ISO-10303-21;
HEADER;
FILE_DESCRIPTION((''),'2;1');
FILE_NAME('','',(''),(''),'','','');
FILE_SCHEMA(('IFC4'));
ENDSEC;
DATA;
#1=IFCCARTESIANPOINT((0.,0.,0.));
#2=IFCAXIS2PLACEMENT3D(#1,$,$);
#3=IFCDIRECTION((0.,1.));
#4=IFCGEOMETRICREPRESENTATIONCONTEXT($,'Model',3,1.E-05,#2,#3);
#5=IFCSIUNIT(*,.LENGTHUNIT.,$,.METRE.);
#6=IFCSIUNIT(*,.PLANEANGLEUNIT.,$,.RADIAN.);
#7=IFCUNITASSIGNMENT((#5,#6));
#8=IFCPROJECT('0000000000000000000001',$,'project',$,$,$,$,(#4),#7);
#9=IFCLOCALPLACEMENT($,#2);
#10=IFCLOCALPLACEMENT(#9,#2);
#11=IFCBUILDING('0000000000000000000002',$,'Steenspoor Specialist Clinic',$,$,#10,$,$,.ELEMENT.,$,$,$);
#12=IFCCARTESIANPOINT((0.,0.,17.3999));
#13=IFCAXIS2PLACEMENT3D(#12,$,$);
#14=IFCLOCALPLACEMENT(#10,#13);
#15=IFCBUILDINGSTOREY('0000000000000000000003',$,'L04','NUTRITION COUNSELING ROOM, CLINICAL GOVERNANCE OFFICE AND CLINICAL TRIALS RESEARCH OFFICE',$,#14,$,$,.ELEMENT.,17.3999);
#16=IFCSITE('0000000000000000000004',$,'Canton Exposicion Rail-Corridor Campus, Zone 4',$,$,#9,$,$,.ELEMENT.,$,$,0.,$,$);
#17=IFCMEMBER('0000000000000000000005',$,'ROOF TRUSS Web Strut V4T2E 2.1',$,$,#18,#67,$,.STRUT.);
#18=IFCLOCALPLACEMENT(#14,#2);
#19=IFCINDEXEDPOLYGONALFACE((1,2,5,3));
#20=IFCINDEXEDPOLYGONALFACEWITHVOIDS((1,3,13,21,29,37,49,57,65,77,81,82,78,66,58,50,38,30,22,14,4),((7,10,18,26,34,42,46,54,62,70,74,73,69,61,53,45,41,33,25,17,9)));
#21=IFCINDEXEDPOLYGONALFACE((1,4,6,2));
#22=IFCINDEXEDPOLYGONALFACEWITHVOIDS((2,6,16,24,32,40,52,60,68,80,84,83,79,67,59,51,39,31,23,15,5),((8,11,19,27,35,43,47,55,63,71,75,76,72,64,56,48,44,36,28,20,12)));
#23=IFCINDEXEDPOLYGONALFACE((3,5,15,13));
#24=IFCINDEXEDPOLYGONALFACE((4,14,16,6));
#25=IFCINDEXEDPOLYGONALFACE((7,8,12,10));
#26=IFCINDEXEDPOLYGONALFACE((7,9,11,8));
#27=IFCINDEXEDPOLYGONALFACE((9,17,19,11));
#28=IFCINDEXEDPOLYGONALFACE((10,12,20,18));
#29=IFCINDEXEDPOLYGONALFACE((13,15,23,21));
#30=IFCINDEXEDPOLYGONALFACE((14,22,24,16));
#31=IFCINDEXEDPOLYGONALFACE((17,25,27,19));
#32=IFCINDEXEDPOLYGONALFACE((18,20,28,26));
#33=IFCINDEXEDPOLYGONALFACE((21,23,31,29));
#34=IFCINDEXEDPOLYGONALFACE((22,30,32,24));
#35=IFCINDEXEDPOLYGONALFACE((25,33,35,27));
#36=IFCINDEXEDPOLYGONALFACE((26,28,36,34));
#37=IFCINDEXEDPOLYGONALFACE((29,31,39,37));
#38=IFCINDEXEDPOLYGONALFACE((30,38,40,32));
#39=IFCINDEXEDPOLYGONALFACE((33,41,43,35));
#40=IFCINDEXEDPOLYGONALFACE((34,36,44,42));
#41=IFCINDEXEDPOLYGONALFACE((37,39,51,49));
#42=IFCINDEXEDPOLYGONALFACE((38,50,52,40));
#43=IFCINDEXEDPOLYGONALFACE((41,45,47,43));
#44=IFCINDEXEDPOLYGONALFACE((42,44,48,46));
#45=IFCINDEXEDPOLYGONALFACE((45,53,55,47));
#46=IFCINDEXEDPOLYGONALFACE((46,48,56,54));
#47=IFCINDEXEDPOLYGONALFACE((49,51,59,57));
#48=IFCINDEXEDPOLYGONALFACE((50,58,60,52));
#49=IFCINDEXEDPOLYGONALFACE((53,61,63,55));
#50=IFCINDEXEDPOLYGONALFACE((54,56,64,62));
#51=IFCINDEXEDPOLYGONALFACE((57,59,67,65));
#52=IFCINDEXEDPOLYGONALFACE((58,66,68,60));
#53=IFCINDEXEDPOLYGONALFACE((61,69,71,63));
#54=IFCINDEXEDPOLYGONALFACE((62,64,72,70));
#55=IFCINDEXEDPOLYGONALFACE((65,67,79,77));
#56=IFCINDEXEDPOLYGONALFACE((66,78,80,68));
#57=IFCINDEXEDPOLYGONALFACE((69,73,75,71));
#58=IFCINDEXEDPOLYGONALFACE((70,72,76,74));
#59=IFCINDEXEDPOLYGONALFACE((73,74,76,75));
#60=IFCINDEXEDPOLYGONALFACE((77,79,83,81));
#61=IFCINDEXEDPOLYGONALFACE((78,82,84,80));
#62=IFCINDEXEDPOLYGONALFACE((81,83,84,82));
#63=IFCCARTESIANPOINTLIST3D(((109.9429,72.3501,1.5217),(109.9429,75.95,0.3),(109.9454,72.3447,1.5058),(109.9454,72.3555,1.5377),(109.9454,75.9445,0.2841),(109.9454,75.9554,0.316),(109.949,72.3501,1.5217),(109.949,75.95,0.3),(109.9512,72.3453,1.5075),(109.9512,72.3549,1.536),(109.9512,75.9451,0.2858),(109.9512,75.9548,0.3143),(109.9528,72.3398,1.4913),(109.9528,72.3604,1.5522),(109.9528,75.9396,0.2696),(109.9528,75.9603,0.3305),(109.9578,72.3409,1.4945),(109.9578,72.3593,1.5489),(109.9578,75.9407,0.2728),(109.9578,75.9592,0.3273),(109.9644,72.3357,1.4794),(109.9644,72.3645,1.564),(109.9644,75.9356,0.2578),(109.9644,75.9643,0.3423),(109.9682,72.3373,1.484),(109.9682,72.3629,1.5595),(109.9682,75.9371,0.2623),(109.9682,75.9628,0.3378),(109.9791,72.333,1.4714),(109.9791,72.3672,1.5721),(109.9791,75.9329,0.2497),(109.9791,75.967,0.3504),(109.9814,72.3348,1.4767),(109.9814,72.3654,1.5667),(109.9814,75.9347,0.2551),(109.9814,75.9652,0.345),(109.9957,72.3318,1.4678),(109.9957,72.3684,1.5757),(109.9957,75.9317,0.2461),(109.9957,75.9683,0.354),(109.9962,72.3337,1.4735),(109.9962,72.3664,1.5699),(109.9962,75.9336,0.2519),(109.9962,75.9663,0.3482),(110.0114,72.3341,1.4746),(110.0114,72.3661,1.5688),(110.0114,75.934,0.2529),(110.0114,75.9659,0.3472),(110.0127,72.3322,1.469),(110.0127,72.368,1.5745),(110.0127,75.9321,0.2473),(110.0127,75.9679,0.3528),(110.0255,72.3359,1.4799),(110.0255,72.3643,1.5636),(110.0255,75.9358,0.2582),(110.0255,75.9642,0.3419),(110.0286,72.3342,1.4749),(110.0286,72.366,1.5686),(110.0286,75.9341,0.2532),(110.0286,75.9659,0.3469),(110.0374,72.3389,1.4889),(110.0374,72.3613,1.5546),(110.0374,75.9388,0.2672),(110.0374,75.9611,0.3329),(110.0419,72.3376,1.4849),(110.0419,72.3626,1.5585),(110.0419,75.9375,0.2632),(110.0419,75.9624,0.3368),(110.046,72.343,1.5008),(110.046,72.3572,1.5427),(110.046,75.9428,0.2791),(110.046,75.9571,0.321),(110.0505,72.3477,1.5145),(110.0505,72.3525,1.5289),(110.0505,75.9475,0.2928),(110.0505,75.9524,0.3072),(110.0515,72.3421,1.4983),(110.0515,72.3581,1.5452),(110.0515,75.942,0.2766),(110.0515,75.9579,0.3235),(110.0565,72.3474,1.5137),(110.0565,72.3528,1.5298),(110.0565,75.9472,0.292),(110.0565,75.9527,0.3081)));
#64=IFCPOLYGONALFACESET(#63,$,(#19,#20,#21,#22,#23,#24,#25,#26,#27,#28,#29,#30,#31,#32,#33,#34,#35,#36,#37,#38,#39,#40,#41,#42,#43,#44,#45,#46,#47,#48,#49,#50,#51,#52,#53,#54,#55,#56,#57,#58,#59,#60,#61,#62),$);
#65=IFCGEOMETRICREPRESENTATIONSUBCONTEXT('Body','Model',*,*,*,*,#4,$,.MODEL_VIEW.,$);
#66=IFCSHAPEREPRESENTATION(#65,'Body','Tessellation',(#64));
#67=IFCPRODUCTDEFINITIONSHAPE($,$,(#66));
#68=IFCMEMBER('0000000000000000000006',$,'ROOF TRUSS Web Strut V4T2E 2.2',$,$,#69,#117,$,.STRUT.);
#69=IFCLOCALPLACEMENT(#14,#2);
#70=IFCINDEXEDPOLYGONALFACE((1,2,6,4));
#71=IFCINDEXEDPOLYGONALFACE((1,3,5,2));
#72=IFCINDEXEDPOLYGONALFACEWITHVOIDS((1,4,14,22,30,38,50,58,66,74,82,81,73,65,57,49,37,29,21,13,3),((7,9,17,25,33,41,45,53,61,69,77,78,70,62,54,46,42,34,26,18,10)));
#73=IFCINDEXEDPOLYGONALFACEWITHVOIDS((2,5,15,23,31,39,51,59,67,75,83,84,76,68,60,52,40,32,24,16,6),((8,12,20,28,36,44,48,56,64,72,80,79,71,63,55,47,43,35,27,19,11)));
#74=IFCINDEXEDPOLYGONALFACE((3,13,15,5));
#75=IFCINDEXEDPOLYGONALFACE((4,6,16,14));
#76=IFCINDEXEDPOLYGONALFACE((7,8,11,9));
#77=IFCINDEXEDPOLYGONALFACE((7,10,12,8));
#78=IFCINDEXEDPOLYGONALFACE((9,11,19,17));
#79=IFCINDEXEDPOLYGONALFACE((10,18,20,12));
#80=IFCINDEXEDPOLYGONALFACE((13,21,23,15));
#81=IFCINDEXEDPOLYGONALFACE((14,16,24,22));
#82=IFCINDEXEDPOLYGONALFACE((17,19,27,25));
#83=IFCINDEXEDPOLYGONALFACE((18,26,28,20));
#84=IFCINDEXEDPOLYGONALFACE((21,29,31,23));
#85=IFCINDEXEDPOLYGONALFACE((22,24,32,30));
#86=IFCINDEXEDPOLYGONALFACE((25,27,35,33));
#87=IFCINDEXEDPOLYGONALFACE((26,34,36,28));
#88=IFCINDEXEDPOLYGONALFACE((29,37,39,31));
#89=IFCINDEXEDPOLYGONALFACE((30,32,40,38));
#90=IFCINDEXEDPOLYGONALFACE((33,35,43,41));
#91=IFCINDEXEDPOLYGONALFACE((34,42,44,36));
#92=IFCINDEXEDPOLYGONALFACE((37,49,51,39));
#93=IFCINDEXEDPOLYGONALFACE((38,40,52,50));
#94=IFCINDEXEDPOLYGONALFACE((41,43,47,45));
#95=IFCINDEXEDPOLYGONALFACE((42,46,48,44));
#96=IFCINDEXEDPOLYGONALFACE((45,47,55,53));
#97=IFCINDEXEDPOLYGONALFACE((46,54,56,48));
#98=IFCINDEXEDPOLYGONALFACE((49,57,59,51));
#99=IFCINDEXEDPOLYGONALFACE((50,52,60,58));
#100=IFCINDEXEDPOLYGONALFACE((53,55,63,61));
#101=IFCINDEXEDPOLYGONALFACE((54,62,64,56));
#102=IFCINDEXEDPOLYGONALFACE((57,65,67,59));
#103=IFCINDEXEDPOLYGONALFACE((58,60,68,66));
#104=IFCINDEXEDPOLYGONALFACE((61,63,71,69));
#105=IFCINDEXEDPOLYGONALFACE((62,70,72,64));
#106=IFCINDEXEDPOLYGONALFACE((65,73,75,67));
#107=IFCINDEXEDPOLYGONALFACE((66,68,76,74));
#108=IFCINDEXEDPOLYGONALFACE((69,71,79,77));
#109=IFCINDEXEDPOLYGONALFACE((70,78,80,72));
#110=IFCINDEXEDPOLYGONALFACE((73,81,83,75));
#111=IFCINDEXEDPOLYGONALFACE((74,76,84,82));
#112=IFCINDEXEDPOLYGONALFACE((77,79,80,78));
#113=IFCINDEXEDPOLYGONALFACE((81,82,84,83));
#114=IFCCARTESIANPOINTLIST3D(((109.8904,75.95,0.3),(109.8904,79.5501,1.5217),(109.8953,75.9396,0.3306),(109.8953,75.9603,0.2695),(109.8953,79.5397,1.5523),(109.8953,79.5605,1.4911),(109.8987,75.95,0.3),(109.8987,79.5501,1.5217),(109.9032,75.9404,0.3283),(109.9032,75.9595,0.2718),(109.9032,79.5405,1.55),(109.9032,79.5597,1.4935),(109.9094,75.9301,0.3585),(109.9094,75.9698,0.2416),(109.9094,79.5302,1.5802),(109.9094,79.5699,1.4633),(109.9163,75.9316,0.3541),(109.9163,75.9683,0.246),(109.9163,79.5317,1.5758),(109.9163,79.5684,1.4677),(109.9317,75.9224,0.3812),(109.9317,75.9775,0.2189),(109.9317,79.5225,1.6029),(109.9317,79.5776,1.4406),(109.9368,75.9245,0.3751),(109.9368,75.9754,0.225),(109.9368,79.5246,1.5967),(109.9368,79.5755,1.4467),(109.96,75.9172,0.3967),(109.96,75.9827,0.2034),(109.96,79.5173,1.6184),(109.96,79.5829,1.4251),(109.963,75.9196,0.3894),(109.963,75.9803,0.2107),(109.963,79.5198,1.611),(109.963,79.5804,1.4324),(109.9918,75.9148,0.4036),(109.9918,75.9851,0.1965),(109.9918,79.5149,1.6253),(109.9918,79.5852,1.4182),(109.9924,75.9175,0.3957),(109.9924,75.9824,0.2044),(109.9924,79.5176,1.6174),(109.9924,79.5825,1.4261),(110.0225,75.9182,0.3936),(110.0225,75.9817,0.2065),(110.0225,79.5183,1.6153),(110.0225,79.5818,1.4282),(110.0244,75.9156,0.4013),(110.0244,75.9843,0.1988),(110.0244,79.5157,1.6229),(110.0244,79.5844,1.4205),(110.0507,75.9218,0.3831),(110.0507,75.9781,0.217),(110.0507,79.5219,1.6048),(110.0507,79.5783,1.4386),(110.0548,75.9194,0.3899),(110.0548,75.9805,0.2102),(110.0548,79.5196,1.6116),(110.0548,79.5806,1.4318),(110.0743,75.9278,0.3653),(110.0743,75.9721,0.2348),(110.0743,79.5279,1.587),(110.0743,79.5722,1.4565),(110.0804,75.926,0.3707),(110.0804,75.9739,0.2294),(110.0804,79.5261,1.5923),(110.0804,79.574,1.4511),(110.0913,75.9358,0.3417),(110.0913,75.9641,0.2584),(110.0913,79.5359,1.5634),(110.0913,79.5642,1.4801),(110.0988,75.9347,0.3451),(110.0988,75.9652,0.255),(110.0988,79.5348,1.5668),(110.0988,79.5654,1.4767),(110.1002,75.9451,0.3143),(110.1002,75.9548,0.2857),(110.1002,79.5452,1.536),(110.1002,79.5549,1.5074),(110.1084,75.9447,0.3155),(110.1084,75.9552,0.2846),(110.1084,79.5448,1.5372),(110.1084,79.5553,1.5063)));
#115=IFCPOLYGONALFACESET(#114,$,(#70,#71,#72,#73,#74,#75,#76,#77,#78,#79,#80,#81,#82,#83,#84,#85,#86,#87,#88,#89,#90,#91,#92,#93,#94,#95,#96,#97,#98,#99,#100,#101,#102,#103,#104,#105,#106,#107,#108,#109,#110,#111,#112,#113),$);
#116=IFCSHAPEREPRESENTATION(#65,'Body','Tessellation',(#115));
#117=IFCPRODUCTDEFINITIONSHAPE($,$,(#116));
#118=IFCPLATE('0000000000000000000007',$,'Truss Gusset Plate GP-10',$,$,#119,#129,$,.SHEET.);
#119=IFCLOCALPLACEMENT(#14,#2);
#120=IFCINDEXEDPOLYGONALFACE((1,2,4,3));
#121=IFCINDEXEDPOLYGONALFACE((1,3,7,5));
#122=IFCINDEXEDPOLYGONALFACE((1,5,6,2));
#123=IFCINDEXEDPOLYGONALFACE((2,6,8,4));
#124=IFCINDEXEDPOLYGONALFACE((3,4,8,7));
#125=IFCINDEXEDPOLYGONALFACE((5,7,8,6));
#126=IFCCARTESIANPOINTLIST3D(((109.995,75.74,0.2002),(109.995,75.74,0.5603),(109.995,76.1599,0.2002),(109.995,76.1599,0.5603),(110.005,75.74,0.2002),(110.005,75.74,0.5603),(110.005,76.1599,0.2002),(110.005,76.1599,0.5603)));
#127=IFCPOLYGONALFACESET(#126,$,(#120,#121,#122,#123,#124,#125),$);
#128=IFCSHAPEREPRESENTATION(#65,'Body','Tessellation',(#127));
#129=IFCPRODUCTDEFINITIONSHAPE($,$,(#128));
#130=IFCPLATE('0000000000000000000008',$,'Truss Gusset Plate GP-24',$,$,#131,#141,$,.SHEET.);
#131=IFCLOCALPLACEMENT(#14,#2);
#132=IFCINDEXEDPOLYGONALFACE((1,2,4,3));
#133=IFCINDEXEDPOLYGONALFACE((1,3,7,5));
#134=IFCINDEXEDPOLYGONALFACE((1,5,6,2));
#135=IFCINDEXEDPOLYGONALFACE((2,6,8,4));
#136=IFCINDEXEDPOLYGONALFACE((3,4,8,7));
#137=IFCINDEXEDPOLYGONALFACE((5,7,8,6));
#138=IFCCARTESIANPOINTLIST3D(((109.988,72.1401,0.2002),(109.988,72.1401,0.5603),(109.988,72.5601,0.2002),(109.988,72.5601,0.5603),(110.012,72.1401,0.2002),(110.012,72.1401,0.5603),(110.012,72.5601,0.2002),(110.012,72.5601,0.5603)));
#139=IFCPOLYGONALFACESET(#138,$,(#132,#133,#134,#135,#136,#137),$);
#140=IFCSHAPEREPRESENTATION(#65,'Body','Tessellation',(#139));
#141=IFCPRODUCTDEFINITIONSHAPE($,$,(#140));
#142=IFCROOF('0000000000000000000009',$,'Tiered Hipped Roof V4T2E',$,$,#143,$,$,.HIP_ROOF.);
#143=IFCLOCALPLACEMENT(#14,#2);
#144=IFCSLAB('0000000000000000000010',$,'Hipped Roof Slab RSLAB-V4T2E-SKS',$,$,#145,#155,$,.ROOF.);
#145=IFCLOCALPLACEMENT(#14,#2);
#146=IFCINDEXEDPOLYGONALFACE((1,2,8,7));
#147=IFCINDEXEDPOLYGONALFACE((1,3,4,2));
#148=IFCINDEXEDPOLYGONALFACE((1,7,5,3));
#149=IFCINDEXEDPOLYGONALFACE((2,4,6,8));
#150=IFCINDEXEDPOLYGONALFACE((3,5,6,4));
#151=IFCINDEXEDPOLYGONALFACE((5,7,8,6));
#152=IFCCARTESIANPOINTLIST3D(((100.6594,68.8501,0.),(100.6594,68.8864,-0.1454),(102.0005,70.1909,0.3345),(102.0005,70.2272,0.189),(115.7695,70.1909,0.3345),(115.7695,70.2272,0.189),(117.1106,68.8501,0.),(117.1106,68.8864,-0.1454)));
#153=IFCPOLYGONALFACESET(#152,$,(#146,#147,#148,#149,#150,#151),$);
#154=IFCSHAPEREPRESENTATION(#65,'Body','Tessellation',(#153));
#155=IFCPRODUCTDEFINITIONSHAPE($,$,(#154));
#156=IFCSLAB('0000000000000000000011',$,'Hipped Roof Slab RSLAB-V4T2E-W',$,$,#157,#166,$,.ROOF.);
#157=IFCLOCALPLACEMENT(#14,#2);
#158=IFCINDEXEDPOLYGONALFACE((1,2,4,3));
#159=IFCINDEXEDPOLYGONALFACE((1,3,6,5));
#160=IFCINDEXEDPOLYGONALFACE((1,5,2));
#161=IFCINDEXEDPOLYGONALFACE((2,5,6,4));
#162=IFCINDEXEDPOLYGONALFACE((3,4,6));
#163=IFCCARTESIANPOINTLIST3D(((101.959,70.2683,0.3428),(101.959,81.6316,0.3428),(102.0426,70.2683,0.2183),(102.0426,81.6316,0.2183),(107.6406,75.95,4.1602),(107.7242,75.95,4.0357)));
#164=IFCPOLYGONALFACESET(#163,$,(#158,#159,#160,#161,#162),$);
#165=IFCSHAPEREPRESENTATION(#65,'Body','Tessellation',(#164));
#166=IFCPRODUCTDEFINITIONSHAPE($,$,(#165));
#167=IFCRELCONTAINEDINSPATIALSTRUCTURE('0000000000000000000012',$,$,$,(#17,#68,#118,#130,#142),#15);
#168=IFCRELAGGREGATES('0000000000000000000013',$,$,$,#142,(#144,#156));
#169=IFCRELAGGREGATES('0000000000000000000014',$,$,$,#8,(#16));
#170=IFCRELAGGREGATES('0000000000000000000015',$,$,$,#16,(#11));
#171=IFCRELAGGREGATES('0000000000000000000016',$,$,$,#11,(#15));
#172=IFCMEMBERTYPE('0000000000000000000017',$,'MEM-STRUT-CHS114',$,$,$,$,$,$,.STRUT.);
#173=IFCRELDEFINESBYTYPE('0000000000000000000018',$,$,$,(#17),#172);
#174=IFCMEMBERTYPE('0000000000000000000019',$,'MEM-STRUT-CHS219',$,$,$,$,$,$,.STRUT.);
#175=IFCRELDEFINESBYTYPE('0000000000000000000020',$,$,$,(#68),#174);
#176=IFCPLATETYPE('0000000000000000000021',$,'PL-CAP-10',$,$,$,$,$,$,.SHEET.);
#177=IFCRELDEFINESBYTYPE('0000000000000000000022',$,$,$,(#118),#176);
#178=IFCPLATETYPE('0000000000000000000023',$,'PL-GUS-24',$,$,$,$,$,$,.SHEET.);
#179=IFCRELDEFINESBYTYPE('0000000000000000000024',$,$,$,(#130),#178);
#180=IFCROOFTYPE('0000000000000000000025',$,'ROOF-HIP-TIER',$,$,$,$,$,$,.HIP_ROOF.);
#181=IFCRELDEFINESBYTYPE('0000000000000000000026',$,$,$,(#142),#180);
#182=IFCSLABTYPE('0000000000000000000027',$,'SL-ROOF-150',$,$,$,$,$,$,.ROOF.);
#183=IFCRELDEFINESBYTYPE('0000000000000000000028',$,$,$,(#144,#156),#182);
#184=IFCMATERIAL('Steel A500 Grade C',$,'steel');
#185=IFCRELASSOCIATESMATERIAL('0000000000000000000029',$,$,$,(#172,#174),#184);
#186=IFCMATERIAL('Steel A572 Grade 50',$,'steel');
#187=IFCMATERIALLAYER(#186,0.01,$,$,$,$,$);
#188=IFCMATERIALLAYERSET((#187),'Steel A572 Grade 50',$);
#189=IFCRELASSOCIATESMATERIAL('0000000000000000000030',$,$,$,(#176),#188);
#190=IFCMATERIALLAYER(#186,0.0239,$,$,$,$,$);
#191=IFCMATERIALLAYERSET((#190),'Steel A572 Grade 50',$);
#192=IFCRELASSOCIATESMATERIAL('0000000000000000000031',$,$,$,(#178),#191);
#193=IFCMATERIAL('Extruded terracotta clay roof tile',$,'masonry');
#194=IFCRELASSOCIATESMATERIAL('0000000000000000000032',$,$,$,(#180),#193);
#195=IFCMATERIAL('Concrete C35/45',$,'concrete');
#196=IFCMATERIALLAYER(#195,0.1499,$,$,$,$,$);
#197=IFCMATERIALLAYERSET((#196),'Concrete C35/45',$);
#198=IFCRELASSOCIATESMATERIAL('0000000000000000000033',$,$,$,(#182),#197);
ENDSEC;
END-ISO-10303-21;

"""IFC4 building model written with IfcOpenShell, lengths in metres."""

from ifc_helpers import new_model, si_unit, direction, frame, origin, origin_2d, place, context, subcontext, project, spatial, polyline, rectangle, hollow_circle, outline, extrude, material, layer, layer_set, material_profile, profile_set, type_object, element, aggregate, save


model = new_model("IFC4")

# Units and contexts
model_context = context("Model", 3, precision=1e-05, world=origin(), true_north=direction((0.0, 1.0)))
body_context = subcontext(model_context, "Body", "Model", "MODEL_VIEW")
ifc_project = project(units=[si_unit("LENGTHUNIT", "METRE"), si_unit("PLANEANGLEUNIT", "RADIAN")], contexts=[model_context])

# Site, building, storey
site_placement = place(None, origin())
site = spatial("IfcSite", under=ifc_project, at=site_placement, Name="Canton Exposicion Rail-Corridor Campus, Zone 4", CompositionType="ELEMENT", RefElevation=0.0)
building_placement = place(site_placement, origin())
building = spatial("IfcBuilding", under=site, at=building_placement, Name="Steenspoor Specialist Clinic", CompositionType="ELEMENT")
storey_placement = place(building_placement, frame((0.0, 0.0, 17.3999)))
storey = spatial("IfcBuildingStorey", under=building, at=storey_placement, Name="L04", Description="NUTRITION COUNSELING ROOM, CLINICAL GOVERNANCE OFFICE AND CLINICAL TRIALS RESEARCH OFFICE", CompositionType="ELEMENT", Elevation=17.3999)

# Members
ifc_material_1 = material(Name="Steel A500 Grade C", Category="steel")
ifc_material_profile_1 = material_profile(ifc_material_1, hollow_circle(Radius=0.0571, WallThickness=0.0061, at=origin_2d()), Name="CHS114X6.0")
ifc_profile_set_1 = profile_set([ifc_material_profile_1], Name="Steel A500 Grade C")
member_type_1 = type_object("IfcMemberType", Name="MEM-STRUT-CHS114", PredefinedType="STRUT", material=ifc_profile_set_1)
member_1_placement = place(storey_placement, frame((110.0, 72.3501, 1.5217), z_axis=(0.0, 0.946955, -0.321367), x_axis=(-1.0, 0.0, 0.0)))
element("IfcMember", 1, at=member_1_placement, inside=storey, type_object=member_type_1, Name="ROOF TRUSS Web Strut V4T2E 2.1", PredefinedType="STRUT", context=body_context, shape_type="SweptSolid", body=[
    extrude(hollow_circle(Radius=0.0571, WallThickness=0.0061, at=origin_2d()), origin(), (0.0, 0.0, 1.0), 3.8015),
])
ifc_material_profile_2 = material_profile(ifc_material_1, hollow_circle(Radius=0.1096, WallThickness=0.0083, at=origin_2d()), Name="CHS219X8.2")
ifc_profile_set_2 = profile_set([ifc_material_profile_2], Name="Steel A500 Grade C")
member_type_2 = type_object("IfcMemberType", Name="MEM-STRUT-CHS219", PredefinedType="STRUT", material=ifc_profile_set_2)
member_2_placement = place(storey_placement, frame((110.0, 75.95, 0.3), z_axis=(0.0, 0.946961, 0.321348), x_axis=(-1.0, 0.0, 0.0)))
element("IfcMember", 2, at=member_2_placement, inside=storey, type_object=member_type_2, Name="ROOF TRUSS Web Strut V4T2E 2.2", PredefinedType="STRUT", context=body_context, shape_type="SweptSolid", body=[
    extrude(hollow_circle(Radius=0.1096, WallThickness=0.0083, at=origin_2d()), origin(), (0.0, 0.0, 1.0), 3.8018),
])

# Plates
ifc_material_2 = material(Name="Steel A572 Grade 50", Category="steel")
ifc_layer_1 = layer(ifc_material_2, 0.01)
ifc_layer_set_1 = layer_set([ifc_layer_1], Name="Steel A572 Grade 50")
plate_type_1 = type_object("IfcPlateType", Name="PL-CAP-10", PredefinedType="SHEET", material=ifc_layer_set_1)
plate_1_placement = place(storey_placement, frame((110.0, 75.95, 0.2002), z_axis=(0.0, 0.0, 1.0), x_axis=(1.0, 0.0, 0.0)))
element("IfcPlate", 3, at=plate_1_placement, inside=storey, type_object=plate_type_1, Name="Truss Gusset Plate GP-10", PredefinedType="SHEET", context=body_context, shape_type="SweptSolid", body=[
    extrude(rectangle(XDim=0.01, YDim=0.4199, at=origin_2d()), origin(), (0.0, 0.0, 1.0), 0.3601),
])
ifc_layer_2 = layer(ifc_material_2, 0.0239)
ifc_layer_set_2 = layer_set([ifc_layer_2], Name="Steel A572 Grade 50")
plate_type_2 = type_object("IfcPlateType", Name="PL-GUS-24", PredefinedType="SHEET", material=ifc_layer_set_2)
plate_2_placement = place(storey_placement, frame((110.0, 72.3501, 0.2002), z_axis=(0.0, 0.0, 1.0), x_axis=(1.0, 0.0, 0.0)))
element("IfcPlate", 4, at=plate_2_placement, inside=storey, type_object=plate_type_2, Name="Truss Gusset Plate GP-24", PredefinedType="SHEET", context=body_context, shape_type="SweptSolid", body=[
    extrude(rectangle(XDim=0.0239, YDim=0.4199, at=origin_2d()), origin(), (0.0, 0.0, 1.0), 0.3601),
])

# Roof, slabs
ifc_material_3 = material(Name="Extruded terracotta clay roof tile", Category="masonry")
roof_type = type_object("IfcRoofType", Name="ROOF-HIP-TIER", PredefinedType="HIP_ROOF", material=ifc_material_3)
roof_placement = place(storey_placement, origin())
roof = element("IfcRoof", 5, at=roof_placement, inside=storey, type_object=roof_type, Name="Tiered Hipped Roof V4T2E", PredefinedType="HIP_ROOF")
ifc_material_4 = material(Name="Concrete C35/45", Category="concrete")
ifc_layer_3 = layer(ifc_material_4, 0.1499)
ifc_layer_set_3 = layer_set([ifc_layer_3], Name="Concrete C35/45")
slab_type = type_object("IfcSlabType", Name="SL-ROOF-150", PredefinedType="ROOF", material=ifc_layer_set_3)
slab_1_placement = place(storey_placement, frame((102.0005, 70.1909, 0.3345), z_axis=(0.0, -0.242037, 0.970267), x_axis=(-0.696422, -0.696295, -0.173693)))
slab_1 = element("IfcSlab", 6, at=slab_1_placement, type_object=slab_type, Name="Hipped Roof Slab RSLAB-V4T2E-SKS", PredefinedType="ROOF", context=body_context, shape_type="SweptSolid", body=[
    extrude(outline(polyline([(0.0, 0.0), (1.9256, 0.0), (-9.5313, 11.8059), (-9.5891, 9.8811), (0.0, 0.0)])), origin(), (0.0, 0.0, -1.0), 0.1499),
])
slab_2_placement = place(storey_placement, frame((107.6406, 75.95, 4.1602), z_axis=(-0.557693, 0.0, 0.830048), x_axis=(-0.638691, 0.638691, -0.429124)))
slab_2 = element("IfcSlab", 7, at=slab_2_placement, type_object=slab_type, Name="Hipped Roof Slab RSLAB-V4T2E-W", PredefinedType="ROOF", context=body_context, shape_type="SweptSolid", body=[
    extrude(outline(polyline([(0.0, 0.0), (8.8958, 0.0), (1.6381, 8.7436), (0.0, 0.0)])), origin(), (0.0, 0.0, -1.0), 0.1499),
])
aggregate(roof, [slab_1, slab_2])

save(model, "model.ifc")
